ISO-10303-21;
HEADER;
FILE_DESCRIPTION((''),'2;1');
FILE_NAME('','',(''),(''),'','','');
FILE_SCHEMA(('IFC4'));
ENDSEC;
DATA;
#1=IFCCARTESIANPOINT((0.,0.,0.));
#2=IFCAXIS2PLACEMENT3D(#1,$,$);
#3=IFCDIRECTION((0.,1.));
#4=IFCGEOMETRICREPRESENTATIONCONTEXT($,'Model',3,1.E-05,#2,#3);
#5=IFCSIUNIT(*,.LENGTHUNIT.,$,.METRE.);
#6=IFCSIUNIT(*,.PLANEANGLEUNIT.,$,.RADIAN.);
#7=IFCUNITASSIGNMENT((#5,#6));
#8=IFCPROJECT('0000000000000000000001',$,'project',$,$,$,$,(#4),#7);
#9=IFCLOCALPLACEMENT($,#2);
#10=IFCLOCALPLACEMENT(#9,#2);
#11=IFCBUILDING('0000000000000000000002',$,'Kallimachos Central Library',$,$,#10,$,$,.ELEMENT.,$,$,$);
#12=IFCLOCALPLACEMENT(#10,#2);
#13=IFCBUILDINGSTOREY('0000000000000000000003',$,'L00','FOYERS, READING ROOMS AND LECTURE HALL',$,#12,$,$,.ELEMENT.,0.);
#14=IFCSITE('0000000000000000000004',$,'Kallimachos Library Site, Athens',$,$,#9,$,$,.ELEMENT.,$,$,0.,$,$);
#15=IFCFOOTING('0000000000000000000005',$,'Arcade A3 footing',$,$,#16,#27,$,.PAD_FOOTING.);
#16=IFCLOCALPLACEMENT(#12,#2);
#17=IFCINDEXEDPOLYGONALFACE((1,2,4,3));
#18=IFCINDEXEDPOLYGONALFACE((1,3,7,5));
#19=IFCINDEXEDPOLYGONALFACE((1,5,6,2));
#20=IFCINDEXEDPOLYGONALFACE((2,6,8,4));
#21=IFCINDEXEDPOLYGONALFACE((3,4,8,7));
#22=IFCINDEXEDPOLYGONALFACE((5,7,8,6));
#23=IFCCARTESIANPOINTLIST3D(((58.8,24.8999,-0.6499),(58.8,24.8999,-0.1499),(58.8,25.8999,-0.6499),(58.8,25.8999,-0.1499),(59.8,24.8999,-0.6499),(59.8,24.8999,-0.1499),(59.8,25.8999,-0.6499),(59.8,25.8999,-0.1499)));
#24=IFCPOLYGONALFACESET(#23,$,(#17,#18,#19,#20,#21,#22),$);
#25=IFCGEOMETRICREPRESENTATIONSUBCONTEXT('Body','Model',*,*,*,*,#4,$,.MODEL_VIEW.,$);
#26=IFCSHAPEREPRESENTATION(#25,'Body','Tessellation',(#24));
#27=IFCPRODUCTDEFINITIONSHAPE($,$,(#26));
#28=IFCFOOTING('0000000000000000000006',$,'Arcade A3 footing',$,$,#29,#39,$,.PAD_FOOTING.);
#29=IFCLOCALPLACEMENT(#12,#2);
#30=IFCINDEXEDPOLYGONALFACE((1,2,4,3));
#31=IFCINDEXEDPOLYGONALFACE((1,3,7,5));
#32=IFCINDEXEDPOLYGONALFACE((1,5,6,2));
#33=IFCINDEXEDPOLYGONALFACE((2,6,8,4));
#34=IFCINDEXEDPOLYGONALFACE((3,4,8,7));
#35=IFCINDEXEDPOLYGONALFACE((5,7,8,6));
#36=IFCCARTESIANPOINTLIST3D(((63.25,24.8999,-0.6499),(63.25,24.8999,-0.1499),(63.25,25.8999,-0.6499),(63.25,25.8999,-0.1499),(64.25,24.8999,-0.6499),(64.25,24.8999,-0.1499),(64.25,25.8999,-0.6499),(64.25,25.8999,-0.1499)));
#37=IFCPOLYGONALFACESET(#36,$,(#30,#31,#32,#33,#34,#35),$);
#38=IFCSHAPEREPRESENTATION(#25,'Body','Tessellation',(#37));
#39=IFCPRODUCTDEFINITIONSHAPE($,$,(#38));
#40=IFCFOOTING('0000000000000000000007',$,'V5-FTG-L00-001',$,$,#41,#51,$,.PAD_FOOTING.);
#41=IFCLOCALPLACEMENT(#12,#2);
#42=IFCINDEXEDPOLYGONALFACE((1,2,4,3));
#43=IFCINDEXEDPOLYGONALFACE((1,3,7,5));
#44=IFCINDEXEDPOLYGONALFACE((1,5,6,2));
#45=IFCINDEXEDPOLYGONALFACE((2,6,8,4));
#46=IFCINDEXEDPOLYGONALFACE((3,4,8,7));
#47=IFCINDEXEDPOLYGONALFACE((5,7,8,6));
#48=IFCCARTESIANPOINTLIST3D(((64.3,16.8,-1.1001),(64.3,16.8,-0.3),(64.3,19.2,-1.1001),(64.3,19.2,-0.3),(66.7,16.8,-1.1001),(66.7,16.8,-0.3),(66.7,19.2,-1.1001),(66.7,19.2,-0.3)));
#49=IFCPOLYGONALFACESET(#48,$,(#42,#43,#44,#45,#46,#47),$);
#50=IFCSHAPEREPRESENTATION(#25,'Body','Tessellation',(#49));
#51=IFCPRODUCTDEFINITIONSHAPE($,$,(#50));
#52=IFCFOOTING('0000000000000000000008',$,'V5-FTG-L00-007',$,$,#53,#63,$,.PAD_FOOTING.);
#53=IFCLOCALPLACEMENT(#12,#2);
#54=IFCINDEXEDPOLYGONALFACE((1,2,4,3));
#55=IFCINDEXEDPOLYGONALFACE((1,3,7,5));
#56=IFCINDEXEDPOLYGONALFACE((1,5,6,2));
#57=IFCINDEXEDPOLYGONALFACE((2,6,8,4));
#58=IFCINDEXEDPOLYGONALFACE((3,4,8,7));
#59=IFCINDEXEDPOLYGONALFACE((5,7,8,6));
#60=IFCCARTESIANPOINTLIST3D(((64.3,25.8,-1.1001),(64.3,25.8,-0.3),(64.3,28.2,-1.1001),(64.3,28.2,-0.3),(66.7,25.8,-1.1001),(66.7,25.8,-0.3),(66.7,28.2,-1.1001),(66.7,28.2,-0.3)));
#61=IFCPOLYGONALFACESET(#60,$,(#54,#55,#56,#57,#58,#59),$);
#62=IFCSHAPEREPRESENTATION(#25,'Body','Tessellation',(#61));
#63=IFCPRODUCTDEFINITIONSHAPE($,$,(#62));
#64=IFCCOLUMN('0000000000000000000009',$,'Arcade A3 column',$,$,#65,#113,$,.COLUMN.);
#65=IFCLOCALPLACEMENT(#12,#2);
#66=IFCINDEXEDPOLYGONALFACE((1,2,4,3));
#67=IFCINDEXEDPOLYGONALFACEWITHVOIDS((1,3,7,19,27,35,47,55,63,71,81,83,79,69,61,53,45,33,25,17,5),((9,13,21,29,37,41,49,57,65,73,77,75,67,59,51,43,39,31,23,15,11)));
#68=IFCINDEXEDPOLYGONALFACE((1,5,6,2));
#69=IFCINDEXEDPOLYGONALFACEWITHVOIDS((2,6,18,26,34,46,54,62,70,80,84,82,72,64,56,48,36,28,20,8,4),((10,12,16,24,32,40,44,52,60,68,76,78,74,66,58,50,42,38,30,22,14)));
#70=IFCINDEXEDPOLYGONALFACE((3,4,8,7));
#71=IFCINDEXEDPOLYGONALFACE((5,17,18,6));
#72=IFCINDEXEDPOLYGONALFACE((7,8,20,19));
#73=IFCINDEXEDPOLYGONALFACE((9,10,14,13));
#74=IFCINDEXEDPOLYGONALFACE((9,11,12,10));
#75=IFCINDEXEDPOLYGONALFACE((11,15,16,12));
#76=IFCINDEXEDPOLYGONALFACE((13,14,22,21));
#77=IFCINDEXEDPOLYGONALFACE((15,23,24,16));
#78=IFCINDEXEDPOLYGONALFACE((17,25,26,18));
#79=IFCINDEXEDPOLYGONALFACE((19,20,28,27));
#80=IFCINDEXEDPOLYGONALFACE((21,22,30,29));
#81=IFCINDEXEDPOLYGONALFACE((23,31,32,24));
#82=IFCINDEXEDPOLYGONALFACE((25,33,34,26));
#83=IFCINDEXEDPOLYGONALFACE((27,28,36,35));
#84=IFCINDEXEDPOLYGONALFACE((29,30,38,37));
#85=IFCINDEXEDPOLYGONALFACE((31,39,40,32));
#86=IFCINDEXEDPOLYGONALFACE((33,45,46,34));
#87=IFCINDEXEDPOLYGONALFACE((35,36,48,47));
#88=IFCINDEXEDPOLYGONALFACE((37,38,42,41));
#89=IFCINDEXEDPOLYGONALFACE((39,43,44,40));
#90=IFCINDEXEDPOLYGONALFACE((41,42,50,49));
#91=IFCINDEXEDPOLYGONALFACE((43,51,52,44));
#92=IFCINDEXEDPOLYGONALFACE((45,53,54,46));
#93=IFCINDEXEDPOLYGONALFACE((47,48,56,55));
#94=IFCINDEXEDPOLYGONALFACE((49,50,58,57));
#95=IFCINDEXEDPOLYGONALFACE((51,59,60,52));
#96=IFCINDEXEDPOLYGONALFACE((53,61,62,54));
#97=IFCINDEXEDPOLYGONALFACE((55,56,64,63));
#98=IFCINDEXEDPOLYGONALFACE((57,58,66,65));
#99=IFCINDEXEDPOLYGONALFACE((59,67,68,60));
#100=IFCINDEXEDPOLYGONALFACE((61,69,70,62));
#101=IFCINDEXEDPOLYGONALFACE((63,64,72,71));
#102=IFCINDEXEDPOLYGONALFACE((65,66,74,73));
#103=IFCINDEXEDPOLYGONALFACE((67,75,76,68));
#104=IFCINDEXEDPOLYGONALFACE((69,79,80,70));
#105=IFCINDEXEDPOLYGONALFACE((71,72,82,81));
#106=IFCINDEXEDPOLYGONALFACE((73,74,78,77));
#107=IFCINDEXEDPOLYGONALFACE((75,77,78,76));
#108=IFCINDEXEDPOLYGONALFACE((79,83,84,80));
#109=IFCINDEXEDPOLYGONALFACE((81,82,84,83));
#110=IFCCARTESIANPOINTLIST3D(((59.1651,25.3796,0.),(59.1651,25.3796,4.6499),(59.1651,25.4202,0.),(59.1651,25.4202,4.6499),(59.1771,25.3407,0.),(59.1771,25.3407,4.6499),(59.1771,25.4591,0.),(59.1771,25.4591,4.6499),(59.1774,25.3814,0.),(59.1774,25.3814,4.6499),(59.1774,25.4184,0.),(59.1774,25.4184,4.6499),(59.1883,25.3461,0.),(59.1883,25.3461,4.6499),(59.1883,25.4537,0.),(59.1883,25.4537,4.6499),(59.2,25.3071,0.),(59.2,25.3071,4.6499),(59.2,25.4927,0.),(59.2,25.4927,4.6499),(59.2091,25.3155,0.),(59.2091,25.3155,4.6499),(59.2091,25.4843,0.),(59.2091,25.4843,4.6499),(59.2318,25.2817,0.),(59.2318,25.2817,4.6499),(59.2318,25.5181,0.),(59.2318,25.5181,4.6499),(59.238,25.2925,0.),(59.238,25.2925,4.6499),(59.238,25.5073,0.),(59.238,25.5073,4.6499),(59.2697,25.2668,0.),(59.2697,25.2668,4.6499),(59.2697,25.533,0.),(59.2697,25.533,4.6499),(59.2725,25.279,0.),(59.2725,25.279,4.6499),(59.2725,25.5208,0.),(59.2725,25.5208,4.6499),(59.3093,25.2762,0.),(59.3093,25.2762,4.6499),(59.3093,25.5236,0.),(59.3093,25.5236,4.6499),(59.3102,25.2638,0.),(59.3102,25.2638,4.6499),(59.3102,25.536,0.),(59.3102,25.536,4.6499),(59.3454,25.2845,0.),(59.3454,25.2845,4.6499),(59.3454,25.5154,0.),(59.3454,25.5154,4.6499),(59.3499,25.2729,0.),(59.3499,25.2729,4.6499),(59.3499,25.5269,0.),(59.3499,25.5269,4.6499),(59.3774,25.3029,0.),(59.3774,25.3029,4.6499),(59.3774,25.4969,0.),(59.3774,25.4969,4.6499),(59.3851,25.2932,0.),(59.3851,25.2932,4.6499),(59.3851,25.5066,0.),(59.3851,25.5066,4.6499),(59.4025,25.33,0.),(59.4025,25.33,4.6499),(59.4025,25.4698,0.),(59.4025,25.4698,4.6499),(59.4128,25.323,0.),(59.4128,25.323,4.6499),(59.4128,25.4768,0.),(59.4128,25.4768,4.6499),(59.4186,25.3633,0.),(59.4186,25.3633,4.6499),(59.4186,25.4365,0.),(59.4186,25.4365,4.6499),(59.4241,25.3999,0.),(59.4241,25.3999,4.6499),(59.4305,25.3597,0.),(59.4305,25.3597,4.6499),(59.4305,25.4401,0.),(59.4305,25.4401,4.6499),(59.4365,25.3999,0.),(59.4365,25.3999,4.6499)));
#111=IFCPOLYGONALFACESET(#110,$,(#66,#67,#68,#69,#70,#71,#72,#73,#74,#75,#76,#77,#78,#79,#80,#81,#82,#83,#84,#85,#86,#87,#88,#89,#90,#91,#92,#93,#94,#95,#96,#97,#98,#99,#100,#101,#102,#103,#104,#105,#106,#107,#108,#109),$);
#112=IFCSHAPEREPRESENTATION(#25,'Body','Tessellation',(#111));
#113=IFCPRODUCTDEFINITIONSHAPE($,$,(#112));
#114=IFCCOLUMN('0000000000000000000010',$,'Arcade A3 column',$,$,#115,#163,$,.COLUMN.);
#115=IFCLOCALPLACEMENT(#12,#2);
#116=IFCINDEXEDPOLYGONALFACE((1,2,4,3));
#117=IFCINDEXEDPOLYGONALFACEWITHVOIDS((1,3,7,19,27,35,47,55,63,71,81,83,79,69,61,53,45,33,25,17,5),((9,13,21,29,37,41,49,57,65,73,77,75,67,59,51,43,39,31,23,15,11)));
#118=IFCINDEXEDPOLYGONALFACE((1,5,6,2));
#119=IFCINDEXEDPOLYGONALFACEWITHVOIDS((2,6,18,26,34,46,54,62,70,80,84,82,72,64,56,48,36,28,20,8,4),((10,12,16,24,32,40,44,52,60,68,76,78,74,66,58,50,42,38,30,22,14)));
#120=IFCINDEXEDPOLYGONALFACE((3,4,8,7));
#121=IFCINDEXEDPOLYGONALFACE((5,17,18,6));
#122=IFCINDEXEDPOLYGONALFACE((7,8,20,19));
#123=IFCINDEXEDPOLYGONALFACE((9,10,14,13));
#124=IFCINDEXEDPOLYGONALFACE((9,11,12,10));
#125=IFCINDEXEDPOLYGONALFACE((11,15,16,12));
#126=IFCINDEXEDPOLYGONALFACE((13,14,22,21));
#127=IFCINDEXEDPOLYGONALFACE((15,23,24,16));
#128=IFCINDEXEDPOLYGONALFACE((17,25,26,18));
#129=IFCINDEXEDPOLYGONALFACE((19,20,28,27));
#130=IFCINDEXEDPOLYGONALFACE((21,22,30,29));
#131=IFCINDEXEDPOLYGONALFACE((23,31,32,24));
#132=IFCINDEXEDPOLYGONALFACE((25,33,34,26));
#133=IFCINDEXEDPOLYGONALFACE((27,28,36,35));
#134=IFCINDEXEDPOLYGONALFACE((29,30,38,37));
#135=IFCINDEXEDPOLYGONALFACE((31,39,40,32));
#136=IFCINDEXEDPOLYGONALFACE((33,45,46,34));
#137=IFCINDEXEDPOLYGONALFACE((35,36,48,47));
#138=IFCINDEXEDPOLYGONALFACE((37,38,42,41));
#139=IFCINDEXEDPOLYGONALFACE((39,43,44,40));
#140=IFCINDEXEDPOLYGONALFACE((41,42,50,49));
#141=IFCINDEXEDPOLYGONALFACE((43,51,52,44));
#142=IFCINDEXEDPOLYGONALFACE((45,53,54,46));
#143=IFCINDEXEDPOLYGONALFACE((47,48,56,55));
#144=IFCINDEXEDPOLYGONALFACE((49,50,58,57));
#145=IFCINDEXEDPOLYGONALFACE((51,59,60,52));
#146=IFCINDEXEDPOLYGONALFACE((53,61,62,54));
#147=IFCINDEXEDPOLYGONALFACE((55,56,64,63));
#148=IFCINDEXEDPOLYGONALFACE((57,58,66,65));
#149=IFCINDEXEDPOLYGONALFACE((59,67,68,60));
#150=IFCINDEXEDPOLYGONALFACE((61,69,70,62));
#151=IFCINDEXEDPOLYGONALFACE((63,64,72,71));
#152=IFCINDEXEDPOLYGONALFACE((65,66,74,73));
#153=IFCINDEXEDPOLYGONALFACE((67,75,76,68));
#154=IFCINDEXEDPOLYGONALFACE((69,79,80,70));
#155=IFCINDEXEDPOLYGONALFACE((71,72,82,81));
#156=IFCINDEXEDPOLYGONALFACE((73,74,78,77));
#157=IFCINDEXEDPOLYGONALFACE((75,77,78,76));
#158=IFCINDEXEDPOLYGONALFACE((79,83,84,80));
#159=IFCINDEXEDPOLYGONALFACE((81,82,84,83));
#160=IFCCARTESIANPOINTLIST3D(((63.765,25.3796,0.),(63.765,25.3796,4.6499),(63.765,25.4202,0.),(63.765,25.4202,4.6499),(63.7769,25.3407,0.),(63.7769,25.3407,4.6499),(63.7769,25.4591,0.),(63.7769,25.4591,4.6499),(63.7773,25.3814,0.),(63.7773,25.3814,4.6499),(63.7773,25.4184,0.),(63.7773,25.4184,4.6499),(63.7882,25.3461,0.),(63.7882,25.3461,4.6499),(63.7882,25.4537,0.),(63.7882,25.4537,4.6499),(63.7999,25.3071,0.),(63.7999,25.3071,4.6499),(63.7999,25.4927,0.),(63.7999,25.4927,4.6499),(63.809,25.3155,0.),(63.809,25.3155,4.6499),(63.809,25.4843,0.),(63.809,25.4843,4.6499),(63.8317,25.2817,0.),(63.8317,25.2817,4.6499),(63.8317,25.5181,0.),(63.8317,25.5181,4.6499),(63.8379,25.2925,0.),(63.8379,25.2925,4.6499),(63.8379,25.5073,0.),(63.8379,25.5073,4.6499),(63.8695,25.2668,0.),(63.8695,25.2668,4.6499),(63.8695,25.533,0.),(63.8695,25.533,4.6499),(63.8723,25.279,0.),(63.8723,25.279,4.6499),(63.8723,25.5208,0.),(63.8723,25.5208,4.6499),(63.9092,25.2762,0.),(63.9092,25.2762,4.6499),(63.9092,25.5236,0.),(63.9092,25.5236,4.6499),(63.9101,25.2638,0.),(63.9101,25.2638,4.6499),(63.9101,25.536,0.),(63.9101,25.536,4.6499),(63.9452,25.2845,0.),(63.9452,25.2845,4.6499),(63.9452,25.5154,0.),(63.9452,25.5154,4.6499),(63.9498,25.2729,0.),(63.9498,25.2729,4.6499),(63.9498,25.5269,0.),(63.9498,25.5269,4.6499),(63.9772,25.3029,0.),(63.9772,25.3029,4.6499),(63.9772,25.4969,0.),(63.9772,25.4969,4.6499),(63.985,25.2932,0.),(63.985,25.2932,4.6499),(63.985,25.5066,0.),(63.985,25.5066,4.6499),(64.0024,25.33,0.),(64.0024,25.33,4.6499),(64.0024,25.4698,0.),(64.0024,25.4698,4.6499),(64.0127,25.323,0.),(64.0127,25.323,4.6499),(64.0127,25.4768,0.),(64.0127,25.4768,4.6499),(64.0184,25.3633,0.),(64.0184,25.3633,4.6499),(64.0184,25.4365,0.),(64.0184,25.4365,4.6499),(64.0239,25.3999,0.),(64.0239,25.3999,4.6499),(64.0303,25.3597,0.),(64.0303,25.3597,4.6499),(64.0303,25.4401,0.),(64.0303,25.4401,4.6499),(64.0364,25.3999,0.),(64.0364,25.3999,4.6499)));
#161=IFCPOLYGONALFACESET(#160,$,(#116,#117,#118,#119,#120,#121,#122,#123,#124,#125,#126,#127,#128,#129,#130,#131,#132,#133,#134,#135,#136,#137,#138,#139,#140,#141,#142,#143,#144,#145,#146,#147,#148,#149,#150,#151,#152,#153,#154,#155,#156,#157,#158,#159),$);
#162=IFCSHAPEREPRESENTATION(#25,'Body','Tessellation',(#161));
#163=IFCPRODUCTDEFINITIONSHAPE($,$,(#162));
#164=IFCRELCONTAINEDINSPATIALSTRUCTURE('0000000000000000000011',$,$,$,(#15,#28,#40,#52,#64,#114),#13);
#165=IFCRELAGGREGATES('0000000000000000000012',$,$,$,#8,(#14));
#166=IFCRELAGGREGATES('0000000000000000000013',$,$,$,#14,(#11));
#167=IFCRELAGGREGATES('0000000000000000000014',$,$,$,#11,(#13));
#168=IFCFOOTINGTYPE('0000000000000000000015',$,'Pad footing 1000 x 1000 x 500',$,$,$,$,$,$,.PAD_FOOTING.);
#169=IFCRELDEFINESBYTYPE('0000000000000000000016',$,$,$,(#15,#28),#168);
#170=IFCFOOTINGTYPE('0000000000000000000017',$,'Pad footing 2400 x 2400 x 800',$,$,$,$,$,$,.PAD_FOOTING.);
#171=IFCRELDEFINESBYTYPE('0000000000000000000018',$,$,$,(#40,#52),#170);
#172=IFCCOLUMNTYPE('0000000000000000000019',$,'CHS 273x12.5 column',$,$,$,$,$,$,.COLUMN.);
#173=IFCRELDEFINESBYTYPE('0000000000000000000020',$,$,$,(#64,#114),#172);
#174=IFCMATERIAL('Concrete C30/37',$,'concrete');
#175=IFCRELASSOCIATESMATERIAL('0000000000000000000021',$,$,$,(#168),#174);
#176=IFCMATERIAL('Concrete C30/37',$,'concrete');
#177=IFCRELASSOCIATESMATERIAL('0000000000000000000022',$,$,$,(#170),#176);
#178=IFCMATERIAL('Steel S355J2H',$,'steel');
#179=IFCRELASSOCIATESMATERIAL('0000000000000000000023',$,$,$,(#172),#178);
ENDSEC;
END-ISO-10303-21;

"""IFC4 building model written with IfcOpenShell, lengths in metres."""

from ifc_helpers import new_model, si_unit, direction, frame, origin, origin_2d, place, context, subcontext, project, spatial, rectangle, hollow_circle, extrude, material, material_profile, profile_set, type_object, element, save


model = new_model("IFC4")

# Units and contexts
model_context = context("Model", 3, precision=1e-05, world=origin(), true_north=direction((0.0, 1.0)))
body_context = subcontext(model_context, "Body", "Model", "MODEL_VIEW")
ifc_project = project(units=[si_unit("LENGTHUNIT", "METRE"), si_unit("PLANEANGLEUNIT", "RADIAN")], contexts=[model_context])

# Site, building, storey
site_placement = place(None, origin())
site = spatial("IfcSite", under=ifc_project, at=site_placement, Name="Kallimachos Library Site, Athens", CompositionType="ELEMENT", RefElevation=0.0)
building_placement = place(site_placement, origin())
building = spatial("IfcBuilding", under=site, at=building_placement, Name="Kallimachos Central Library", CompositionType="ELEMENT")
storey_placement = place(building_placement, origin())
storey = spatial("IfcBuildingStorey", under=building, at=storey_placement, Name="L00", Description="FOYERS, READING ROOMS AND LECTURE HALL", CompositionType="ELEMENT", Elevation=0.0)

# Footings
ifc_material_1 = material(Name="Concrete C30/37", Category="concrete")
footing_type_1 = type_object("IfcFootingType", Name="Pad footing 1000 x 1000 x 500", PredefinedType="PAD_FOOTING", material=ifc_material_1)
for number, where, z_axis, x_axis, name in (
    (1, (59.3, 25.3999, -0.6499), (0.0, 0.0, 1.0), (1.0, 0.0, 0.0), "Arcade A3 footing"),
    (2, (63.75, 25.3999, -0.6499), (0.0, 0.0, 1.0), (1.0, 0.0, 0.0), "Arcade A3 footing"),
):
    element("IfcFooting", number, at=place(storey_placement, frame(where, z_axis=z_axis, x_axis=x_axis)), inside=storey, type_object=footing_type_1, Name=name, PredefinedType="PAD_FOOTING", context=body_context, shape_type="SweptSolid", body=[
        extrude(rectangle(XDim=1.0, YDim=1.0, at=origin_2d()), origin(), (0.0, 0.0, 1.0), 0.5),
    ])
ifc_material_2 = material(Name="Concrete C30/37", Category="concrete")
footing_type_2 = type_object("IfcFootingType", Name="Pad footing 2400 x 2400 x 800", PredefinedType="PAD_FOOTING", material=ifc_material_2)
for number, where, z_axis, x_axis, name in (
    (3, (65.5, 18.0, -1.1001), (0.0, 0.0, 1.0), (1.0, 0.0, 0.0), "V5-FTG-L00-001"),
    (4, (65.5, 27.0, -1.1001), (0.0, 0.0, 1.0), (1.0, 0.0, 0.0), "V5-FTG-L00-007"),
):
    element("IfcFooting", number, at=place(storey_placement, frame(where, z_axis=z_axis, x_axis=x_axis)), inside=storey, type_object=footing_type_2, Name=name, PredefinedType="PAD_FOOTING", context=body_context, shape_type="SweptSolid", body=[
        extrude(rectangle(XDim=2.3999, YDim=2.3999, at=origin_2d()), origin(), (0.0, 0.0, 1.0), 0.8),
    ])

# Columns
ifc_material_3 = material(Name="Steel S355J2H", Category="steel")
ifc_material_profile_1 = material_profile(ifc_material_3, hollow_circle(Radius=0.1365, WallThickness=0.0125, at=origin_2d()), Name="CHS 273x12.5")
ifc_profile_set_1 = profile_set([ifc_material_profile_1], Name="Steel S355J2H")
column_type_1 = type_object("IfcColumnType", Name="CHS 273x12.5 column", PredefinedType="COLUMN", material=ifc_profile_set_1)
for number, where, z_axis, x_axis, name in (
    (5, (59.3, 25.3999, 0.0), (0.0, 0.0, 1.0), (1.0, 0.0, 0.0), "Arcade A3 column"),
    (6, (63.8999, 25.3999, 0.0), (0.0, 0.0, 1.0), (1.0, 0.0, 0.0), "Arcade A3 column"),
):
    element("IfcColumn", number, at=place(storey_placement, frame(where, z_axis=z_axis, x_axis=x_axis)), inside=storey, type_object=column_type_1, Name=name, PredefinedType="COLUMN", context=body_context, shape_type="SweptSolid", body=[
        extrude(hollow_circle(Radius=0.1365, WallThickness=0.0125, at=origin_2d()), origin(), (0.0, 0.0, 1.0), 4.6499),
    ])

save(model, "model.ifc")
